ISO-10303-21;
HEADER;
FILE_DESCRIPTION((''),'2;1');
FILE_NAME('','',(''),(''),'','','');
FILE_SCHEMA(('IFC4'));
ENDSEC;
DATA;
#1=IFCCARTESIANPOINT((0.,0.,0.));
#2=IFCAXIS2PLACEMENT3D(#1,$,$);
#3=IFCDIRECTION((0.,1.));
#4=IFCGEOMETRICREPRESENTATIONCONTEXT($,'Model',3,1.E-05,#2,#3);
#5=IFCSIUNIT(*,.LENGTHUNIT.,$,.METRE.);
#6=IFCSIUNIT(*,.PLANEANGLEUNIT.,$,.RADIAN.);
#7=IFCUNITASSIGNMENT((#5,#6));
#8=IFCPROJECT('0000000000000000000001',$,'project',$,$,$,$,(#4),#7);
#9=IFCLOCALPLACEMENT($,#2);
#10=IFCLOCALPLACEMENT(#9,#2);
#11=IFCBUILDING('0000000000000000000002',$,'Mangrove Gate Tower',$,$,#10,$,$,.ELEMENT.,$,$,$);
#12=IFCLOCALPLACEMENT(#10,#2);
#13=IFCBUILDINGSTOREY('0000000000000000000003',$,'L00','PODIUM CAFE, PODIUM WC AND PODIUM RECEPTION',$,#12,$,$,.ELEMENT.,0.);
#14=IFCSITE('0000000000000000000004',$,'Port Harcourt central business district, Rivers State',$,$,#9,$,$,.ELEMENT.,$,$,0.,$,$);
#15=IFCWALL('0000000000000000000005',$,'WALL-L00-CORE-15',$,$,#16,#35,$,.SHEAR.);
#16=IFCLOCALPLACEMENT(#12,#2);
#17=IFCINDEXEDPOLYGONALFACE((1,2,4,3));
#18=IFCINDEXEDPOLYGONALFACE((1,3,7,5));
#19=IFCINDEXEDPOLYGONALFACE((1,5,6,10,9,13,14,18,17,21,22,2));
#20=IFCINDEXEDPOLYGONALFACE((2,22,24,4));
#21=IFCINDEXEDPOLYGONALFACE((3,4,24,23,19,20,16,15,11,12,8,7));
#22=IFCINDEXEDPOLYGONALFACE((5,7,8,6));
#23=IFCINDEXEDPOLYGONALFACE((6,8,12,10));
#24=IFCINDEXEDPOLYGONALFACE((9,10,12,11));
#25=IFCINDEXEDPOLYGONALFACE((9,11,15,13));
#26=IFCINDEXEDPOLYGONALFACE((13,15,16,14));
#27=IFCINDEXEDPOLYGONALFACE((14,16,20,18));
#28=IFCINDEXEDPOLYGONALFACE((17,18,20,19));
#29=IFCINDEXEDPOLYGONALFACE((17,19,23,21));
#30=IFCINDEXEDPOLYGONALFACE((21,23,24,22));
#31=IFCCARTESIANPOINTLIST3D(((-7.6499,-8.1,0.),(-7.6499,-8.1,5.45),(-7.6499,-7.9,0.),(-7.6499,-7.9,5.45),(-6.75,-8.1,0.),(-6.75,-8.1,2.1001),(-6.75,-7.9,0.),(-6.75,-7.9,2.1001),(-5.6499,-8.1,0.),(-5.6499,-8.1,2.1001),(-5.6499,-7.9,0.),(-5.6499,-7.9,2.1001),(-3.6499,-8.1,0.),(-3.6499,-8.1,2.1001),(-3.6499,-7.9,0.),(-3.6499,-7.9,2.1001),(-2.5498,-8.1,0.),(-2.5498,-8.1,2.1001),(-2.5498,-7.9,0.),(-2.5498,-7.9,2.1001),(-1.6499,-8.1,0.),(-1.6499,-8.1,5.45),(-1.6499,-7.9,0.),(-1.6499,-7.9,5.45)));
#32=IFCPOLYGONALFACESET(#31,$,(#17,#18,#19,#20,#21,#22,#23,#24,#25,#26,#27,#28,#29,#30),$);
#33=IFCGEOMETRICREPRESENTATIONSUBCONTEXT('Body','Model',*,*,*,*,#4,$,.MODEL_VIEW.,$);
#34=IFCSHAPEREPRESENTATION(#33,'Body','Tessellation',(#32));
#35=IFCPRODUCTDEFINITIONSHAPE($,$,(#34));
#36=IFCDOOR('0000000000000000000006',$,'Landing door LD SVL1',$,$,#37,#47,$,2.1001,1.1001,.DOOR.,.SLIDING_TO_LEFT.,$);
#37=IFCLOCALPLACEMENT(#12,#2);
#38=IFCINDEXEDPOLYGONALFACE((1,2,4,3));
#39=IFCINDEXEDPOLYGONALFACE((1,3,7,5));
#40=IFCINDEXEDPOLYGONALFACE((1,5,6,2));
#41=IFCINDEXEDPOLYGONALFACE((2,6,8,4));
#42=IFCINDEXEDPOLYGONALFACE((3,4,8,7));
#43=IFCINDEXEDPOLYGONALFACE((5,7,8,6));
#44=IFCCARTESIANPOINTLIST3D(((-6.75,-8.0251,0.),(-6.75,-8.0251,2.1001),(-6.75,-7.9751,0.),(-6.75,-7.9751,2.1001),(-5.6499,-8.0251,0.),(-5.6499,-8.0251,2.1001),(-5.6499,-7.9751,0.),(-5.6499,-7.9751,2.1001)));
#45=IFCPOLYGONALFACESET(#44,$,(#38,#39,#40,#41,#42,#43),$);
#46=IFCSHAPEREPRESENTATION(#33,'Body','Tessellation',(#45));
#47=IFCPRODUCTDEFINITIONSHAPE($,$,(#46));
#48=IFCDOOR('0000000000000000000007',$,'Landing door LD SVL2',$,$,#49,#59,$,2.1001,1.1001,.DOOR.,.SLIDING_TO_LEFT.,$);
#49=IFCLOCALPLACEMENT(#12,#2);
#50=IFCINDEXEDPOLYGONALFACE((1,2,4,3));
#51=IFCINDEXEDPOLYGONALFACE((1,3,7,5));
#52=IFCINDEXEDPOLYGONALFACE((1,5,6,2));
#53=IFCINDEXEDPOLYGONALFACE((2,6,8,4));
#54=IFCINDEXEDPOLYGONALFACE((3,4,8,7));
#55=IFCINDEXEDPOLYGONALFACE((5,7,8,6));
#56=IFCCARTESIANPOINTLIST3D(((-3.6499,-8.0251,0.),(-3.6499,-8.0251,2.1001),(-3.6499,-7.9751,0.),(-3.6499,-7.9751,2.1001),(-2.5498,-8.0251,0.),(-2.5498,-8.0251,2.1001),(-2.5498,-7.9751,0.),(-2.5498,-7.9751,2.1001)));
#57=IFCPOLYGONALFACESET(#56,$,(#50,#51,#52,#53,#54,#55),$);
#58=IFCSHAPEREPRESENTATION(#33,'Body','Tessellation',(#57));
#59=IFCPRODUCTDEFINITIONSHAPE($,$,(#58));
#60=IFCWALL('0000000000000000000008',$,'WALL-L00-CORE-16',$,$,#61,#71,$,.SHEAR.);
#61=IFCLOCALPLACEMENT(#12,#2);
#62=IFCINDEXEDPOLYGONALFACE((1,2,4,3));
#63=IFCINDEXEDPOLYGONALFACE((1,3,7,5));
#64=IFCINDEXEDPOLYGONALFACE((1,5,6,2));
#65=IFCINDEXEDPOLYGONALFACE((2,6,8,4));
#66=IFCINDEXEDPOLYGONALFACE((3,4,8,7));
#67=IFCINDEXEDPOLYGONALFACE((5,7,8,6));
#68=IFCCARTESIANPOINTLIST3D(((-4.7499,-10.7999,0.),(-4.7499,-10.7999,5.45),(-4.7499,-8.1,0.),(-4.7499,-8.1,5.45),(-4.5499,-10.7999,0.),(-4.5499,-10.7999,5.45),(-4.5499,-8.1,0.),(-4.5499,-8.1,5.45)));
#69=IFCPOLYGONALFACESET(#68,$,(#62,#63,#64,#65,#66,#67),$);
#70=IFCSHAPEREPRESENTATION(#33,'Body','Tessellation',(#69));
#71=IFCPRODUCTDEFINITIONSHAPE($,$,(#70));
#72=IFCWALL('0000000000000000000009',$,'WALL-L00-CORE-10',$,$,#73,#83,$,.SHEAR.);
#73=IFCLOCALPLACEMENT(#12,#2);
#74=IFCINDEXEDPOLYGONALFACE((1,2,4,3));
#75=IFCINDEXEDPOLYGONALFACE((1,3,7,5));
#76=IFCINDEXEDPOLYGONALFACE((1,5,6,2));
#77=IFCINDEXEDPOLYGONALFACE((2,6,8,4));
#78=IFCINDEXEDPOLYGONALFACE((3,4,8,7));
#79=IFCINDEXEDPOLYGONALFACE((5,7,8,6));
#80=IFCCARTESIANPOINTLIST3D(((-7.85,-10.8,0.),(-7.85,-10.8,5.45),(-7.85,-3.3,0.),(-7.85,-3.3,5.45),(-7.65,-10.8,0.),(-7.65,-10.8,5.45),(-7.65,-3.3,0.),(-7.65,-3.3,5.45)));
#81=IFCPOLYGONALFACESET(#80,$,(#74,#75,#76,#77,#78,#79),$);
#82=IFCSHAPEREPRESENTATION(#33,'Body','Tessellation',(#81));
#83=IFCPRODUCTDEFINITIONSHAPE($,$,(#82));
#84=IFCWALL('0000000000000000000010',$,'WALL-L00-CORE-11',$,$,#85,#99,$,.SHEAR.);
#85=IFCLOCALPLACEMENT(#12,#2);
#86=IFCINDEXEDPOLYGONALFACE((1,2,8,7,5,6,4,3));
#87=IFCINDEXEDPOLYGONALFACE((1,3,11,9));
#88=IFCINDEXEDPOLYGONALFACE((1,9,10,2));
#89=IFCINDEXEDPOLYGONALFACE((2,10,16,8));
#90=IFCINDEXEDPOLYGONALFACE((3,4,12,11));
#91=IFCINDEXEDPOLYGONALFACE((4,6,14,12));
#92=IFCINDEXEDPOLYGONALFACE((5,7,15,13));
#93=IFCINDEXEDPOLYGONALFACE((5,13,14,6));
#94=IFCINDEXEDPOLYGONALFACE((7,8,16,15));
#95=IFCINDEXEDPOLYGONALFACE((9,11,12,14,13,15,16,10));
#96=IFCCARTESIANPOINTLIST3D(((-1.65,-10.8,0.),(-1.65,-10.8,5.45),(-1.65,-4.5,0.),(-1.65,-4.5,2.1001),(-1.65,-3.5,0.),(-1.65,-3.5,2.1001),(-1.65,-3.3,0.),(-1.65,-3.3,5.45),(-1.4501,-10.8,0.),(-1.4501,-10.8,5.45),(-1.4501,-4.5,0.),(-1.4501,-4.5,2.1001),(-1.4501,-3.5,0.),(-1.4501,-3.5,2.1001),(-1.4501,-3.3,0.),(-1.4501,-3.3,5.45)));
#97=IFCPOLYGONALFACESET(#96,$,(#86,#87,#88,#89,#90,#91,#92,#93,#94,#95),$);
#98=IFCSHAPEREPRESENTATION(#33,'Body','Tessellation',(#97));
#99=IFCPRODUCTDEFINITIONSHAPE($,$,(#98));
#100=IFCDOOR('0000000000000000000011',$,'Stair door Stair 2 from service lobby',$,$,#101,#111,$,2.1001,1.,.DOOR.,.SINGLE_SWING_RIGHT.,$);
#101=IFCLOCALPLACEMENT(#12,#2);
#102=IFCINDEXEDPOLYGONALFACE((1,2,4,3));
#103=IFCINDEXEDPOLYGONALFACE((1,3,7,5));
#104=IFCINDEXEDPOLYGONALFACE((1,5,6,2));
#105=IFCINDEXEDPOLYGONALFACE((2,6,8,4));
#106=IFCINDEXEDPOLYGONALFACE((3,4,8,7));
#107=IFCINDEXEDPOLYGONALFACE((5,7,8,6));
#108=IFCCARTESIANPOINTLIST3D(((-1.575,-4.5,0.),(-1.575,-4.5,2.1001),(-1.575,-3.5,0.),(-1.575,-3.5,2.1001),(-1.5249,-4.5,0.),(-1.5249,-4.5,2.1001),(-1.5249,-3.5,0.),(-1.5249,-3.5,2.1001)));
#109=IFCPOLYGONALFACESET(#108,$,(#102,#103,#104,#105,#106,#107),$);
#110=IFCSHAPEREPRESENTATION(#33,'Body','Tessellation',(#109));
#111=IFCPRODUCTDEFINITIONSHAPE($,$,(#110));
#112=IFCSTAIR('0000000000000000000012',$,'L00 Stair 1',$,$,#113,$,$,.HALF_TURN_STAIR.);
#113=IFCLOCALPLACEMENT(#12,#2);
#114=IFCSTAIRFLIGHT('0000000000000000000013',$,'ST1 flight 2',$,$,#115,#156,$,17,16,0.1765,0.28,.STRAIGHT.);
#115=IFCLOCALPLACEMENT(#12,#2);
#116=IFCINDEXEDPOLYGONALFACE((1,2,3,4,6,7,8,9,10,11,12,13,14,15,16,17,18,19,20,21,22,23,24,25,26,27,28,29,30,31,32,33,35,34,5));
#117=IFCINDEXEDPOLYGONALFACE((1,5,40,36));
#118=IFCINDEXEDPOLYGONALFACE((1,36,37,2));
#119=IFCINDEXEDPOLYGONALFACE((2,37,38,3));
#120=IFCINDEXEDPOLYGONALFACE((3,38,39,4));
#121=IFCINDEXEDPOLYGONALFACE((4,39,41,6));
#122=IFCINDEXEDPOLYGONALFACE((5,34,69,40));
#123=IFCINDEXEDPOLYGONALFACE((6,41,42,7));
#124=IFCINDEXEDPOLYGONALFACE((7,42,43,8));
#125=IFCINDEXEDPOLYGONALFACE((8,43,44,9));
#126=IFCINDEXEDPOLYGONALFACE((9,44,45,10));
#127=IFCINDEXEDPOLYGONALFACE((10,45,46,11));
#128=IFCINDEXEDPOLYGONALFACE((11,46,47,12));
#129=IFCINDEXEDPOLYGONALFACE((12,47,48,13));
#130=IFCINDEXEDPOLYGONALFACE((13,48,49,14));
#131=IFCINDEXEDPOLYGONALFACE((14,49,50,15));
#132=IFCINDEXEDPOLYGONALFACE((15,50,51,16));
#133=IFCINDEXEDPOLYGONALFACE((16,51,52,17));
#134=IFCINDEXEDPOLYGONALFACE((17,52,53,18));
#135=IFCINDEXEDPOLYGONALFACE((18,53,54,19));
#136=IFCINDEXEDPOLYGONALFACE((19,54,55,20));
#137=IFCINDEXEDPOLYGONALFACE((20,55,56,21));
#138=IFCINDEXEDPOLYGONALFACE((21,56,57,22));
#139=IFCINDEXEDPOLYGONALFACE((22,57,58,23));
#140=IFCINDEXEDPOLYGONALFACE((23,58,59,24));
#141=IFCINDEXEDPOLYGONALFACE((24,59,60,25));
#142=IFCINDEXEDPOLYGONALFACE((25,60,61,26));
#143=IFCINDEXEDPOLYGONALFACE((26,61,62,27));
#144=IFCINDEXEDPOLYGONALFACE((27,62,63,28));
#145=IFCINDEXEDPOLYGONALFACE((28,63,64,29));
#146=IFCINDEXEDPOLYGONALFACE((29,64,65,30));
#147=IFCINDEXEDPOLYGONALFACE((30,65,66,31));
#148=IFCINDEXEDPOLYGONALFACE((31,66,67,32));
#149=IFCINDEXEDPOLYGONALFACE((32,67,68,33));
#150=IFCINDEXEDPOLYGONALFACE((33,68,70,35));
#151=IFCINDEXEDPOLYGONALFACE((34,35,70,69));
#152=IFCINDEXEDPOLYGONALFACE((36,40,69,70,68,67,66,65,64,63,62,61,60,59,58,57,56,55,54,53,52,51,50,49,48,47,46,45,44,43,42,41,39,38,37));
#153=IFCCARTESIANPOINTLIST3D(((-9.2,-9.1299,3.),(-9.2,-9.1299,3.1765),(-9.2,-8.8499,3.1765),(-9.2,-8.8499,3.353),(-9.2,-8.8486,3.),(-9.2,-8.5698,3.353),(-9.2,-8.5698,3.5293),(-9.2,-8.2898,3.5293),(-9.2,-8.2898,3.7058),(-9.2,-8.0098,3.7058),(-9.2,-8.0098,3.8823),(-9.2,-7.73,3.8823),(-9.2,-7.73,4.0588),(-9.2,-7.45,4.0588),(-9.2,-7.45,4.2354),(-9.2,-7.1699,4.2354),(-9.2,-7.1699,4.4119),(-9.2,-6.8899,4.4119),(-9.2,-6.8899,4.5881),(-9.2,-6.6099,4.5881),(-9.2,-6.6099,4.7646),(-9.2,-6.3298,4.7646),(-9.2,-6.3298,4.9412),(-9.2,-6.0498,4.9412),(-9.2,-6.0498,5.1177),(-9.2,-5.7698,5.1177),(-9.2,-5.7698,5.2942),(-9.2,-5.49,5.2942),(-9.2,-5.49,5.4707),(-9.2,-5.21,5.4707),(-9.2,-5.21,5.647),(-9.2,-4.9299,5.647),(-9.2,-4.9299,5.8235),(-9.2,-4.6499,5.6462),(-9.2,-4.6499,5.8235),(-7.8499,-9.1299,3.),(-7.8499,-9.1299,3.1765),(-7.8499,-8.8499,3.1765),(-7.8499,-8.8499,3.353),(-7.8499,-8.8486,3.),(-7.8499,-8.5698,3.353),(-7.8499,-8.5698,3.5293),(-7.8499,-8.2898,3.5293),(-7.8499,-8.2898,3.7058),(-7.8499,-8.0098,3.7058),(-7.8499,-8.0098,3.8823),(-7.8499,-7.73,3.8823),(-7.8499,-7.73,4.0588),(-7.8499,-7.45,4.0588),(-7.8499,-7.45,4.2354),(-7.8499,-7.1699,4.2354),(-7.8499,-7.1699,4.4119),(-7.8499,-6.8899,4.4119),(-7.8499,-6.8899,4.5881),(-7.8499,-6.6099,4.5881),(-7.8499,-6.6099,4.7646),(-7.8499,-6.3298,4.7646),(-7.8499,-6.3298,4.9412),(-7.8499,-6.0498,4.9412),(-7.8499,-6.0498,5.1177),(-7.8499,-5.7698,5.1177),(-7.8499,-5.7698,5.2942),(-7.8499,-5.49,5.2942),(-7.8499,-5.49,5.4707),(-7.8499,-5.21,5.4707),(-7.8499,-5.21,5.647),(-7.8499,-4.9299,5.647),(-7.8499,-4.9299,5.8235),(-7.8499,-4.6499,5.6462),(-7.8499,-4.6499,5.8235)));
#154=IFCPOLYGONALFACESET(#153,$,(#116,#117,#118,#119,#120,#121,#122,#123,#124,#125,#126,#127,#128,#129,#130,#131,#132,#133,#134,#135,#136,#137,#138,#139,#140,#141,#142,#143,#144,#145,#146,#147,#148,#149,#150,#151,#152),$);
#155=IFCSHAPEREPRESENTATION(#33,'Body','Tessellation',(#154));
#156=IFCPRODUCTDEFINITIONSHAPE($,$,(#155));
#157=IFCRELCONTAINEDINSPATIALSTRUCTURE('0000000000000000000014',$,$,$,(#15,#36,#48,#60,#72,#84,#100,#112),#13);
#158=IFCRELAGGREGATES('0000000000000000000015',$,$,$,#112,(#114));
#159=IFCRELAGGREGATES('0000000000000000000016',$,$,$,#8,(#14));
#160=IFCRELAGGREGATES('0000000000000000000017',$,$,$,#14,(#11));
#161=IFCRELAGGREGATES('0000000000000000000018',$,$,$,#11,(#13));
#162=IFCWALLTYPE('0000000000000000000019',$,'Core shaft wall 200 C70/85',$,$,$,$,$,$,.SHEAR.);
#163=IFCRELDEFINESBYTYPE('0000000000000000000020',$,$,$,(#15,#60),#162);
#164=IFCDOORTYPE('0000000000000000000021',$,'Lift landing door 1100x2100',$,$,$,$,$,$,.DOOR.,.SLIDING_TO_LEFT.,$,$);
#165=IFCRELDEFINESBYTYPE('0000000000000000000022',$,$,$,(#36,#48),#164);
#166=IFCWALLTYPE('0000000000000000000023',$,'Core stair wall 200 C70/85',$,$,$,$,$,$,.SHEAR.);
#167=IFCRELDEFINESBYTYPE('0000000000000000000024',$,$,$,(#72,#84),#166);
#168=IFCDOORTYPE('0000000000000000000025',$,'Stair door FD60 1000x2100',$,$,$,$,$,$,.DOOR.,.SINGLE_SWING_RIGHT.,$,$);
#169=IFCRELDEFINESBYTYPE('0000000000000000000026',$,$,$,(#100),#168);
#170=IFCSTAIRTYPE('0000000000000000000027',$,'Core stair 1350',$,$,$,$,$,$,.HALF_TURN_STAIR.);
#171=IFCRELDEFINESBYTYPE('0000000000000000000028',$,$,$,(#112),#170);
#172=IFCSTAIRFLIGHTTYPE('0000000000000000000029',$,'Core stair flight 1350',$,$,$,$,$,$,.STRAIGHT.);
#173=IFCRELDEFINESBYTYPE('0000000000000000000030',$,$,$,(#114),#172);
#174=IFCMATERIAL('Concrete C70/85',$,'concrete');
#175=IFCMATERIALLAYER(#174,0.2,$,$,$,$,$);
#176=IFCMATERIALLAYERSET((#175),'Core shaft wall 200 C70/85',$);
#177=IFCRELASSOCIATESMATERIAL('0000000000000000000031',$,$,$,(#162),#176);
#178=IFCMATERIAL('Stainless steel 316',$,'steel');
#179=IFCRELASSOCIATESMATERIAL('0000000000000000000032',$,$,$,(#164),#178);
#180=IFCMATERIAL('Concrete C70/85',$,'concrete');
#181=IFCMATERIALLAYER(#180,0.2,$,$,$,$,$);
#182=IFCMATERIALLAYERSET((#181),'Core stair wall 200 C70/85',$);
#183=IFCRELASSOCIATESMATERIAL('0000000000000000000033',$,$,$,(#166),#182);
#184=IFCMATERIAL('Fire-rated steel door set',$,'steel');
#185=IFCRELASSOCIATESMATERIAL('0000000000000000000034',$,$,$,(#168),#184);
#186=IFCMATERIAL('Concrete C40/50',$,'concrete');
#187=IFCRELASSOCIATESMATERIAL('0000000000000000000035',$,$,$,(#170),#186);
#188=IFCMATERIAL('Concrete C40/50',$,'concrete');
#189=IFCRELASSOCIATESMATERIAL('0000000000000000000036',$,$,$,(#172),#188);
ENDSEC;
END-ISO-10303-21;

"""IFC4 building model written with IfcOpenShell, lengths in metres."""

from ifc_helpers import new_model, si_unit, direction, frame, frame_2d, origin, place, context, subcontext, project, spatial, polyline, rectangle, outline, extrude, material, layer, layer_set, type_object, element, fill, aggregate, save


model = new_model("IFC4")

# Units and contexts
model_context = context("Model", 3, precision=1e-05, world=origin(), true_north=direction((0.0, 1.0)))
body_context = subcontext(model_context, "Body", "Model", "MODEL_VIEW")
ifc_project = project(units=[si_unit("LENGTHUNIT", "METRE"), si_unit("PLANEANGLEUNIT", "RADIAN")], contexts=[model_context])

# Site, building, storey
site_placement = place(None, origin())
site = spatial("IfcSite", under=ifc_project, at=site_placement, Name="Port Harcourt central business district, Rivers State", CompositionType="ELEMENT", RefElevation=0.0)
building_placement = place(site_placement, origin())
building = spatial("IfcBuilding", under=site, at=building_placement, Name="Mangrove Gate Tower", CompositionType="ELEMENT")
storey_placement = place(building_placement, origin())
storey = spatial("IfcBuildingStorey", under=building, at=storey_placement, Name="L00", Description="PODIUM CAFE, PODIUM WC AND PODIUM RECEPTION", CompositionType="ELEMENT", Elevation=0.0)

# Wall, openings, doors
ifc_material_1 = material(Name="Concrete C70/85", Category="concrete")
ifc_layer_1 = layer(ifc_material_1, 0.2)
ifc_layer_set_1 = layer_set([ifc_layer_1], Name="Core shaft wall 200 C70/85")
wall_type_1 = type_object("IfcWallType", Name="Core shaft wall 200 C70/85", PredefinedType="SHEAR", material=ifc_layer_set_1)
wall_1_placement = place(storey_placement, frame((-7.6499, -8.0, 0.0), z_axis=(0.0, 0.0, 1.0), x_axis=(1.0, 0.0, 0.0)))
wall_1 = element("IfcWall", 1, at=wall_1_placement, inside=storey, type_object=wall_type_1, Name="WALL-L00-CORE-15", PredefinedType="SHEAR", context=body_context, shape_type="SweptSolid", body=[
    extrude(rectangle(XDim=6.0, YDim=0.2, at=frame_2d((3.0, 0.0))), origin(), (0.0, 0.0, 1.0), 5.45),
])
opening_1_placement = place(wall_1_placement, frame((0.8999, 0.0, 0.0)))
opening_1 = element("IfcOpeningElement", 2, at=opening_1_placement, cuts=wall_1, PredefinedType="OPENING", context=body_context, shape_type="SweptSolid", body=[
    extrude(rectangle(XDim=1.1001, YDim=2.1001, at=frame_2d((0.55, 1.05))), frame((0.0, 0.1099, 0.0), z_axis=(0.0, -1.0, 0.0), x_axis=(1.0, 0.0, 0.0)), (0.0, 0.0, 1.0), 0.22),
])
opening_2_placement = place(wall_1_placement, frame((4.0, 0.0, 0.0)))
opening_2 = element("IfcOpeningElement", 3, at=opening_2_placement, cuts=wall_1, PredefinedType="OPENING", context=body_context, shape_type="SweptSolid", body=[
    extrude(rectangle(XDim=1.1001, YDim=2.1001, at=frame_2d((0.55, 1.05))), frame((0.0, 0.1099, 0.0), z_axis=(0.0, -1.0, 0.0), x_axis=(1.0, 0.0, 0.0)), (0.0, 0.0, 1.0), 0.22),
])
ifc_material_2 = material(Name="Stainless steel 316", Category="steel")
door_type_1 = type_object("IfcDoorType", Name="Lift landing door 1100x2100", OperationType="SLIDING_TO_LEFT", PredefinedType="DOOR", material=ifc_material_2)
door_1_placement = place(opening_1_placement, origin())
door_1 = element("IfcDoor", 4, at=door_1_placement, inside=storey, type_object=door_type_1, Name="Landing door LD SVL1", OperationType="SLIDING_TO_LEFT", OverallHeight=2.1001, OverallWidth=1.1001, PredefinedType="DOOR", context=body_context, shape_type="SweptSolid", body=[
    extrude(rectangle(XDim=1.1001, YDim=2.1001, at=frame_2d((0.55, 1.05))), frame((0.0, 0.0249, 0.0), z_axis=(0.0, -1.0, 0.0), x_axis=(1.0, 0.0, 0.0)), (0.0, 0.0, 1.0), 0.05),
])
fill(opening_1, door_1)
door_2_placement = place(opening_2_placement, origin())
door_2 = element("IfcDoor", 5, at=door_2_placement, inside=storey, type_object=door_type_1, Name="Landing door LD SVL2", OperationType="SLIDING_TO_LEFT", OverallHeight=2.1001, OverallWidth=1.1001, PredefinedType="DOOR", context=body_context, shape_type="SweptSolid", body=[
    extrude(rectangle(XDim=1.1001, YDim=2.1001, at=frame_2d((0.55, 1.05))), frame((0.0, 0.0249, 0.0), z_axis=(0.0, -1.0, 0.0), x_axis=(1.0, 0.0, 0.0)), (0.0, 0.0, 1.0), 0.05),
])
fill(opening_2, door_2)

# Walls
wall_2_placement = place(storey_placement, frame((-4.6499, -10.8, 0.0), z_axis=(0.0, 0.0, 1.0), x_axis=(0.0, 1.0, 0.0)))
element("IfcWall", 6, at=wall_2_placement, inside=storey, type_object=wall_type_1, Name="WALL-L00-CORE-16", PredefinedType="SHEAR", context=body_context, shape_type="SweptSolid", body=[
    extrude(rectangle(XDim=2.7, YDim=0.2, at=frame_2d((1.3501, 0.0))), origin(), (0.0, 0.0, 1.0), 5.45),
])
ifc_material_3 = material(Name="Concrete C70/85", Category="concrete")
ifc_layer_2 = layer(ifc_material_3, 0.2)
ifc_layer_set_2 = layer_set([ifc_layer_2], Name="Core stair wall 200 C70/85")
wall_type_2 = type_object("IfcWallType", Name="Core stair wall 200 C70/85", PredefinedType="SHEAR", material=ifc_layer_set_2)
wall_3_placement = place(storey_placement, frame((-7.75, -10.8, 0.0), z_axis=(0.0, 0.0, 1.0), x_axis=(0.0, 1.0, 0.0)))
element("IfcWall", 7, at=wall_3_placement, inside=storey, type_object=wall_type_2, Name="WALL-L00-CORE-10", PredefinedType="SHEAR", context=body_context, shape_type="SweptSolid", body=[
    extrude(rectangle(XDim=7.5, YDim=0.2, at=frame_2d((3.75, 0.0))), origin(), (0.0, 0.0, 1.0), 5.45),
])

# Wall, opening, door
wall_4_placement = place(storey_placement, frame((-1.55, -10.8, 0.0), z_axis=(0.0, 0.0, 1.0), x_axis=(0.0, 1.0, 0.0)))
wall_4 = element("IfcWall", 8, at=wall_4_placement, inside=storey, type_object=wall_type_2, Name="WALL-L00-CORE-11", PredefinedType="SHEAR", context=body_context, shape_type="SweptSolid", body=[
    extrude(rectangle(XDim=7.5, YDim=0.2, at=frame_2d((3.75, 0.0))), origin(), (0.0, 0.0, 1.0), 5.45),
])
opening_3_placement = place(wall_4_placement, frame((6.3, 0.0, 0.0)))
opening_3 = element("IfcOpeningElement", 9, at=opening_3_placement, cuts=wall_4, PredefinedType="OPENING", context=body_context, shape_type="SweptSolid", body=[
    extrude(rectangle(XDim=1.0, YDim=2.1001, at=frame_2d((0.5, 1.05))), frame((0.0, 0.1099, 0.0), z_axis=(0.0, -1.0, 0.0), x_axis=(1.0, 0.0, 0.0)), (0.0, 0.0, 1.0), 0.22),
])
ifc_material_4 = material(Name="Fire-rated steel door set", Category="steel")
door_type_2 = type_object("IfcDoorType", Name="Stair door FD60 1000x2100", OperationType="SINGLE_SWING_RIGHT", PredefinedType="DOOR", material=ifc_material_4)
door_3_placement = place(opening_3_placement, origin())
door_3 = element("IfcDoor", 10, at=door_3_placement, inside=storey, type_object=door_type_2, Name="Stair door Stair 2 from service lobby", OperationType="SINGLE_SWING_RIGHT", OverallHeight=2.1001, OverallWidth=1.0, PredefinedType="DOOR", context=body_context, shape_type="SweptSolid", body=[
    extrude(rectangle(XDim=1.0, YDim=2.1001, at=frame_2d((0.5, 1.05))), frame((0.0, 0.0249, 0.0), z_axis=(0.0, -1.0, 0.0), x_axis=(1.0, 0.0, 0.0)), (0.0, 0.0, 1.0), 0.05),
])
fill(opening_3, door_3)

# Stair, stair flight
ifc_material_5 = material(Name="Concrete C40/50", Category="concrete")
stair_type = type_object("IfcStairType", Name="Core stair 1350", PredefinedType="HALF_TURN_STAIR", material=ifc_material_5)
stair_1_placement = place(storey_placement, origin())
stair_1 = element("IfcStair", 11, at=stair_1_placement, inside=storey, type_object=stair_type, Name="L00 Stair 1", PredefinedType="HALF_TURN_STAIR")
ifc_material_6 = material(Name="Concrete C40/50", Category="concrete")
stair_flight_type = type_object("IfcStairFlightType", Name="Core stair flight 1350", PredefinedType="STRAIGHT", material=ifc_material_6)
stair_flight_1_placement = place(storey_placement, frame((-8.5249, -9.1299, 3.0), z_axis=(0.0, 0.0, 1.0), x_axis=(0.0, 1.0, 0.0)))
stair_flight_1 = element("IfcStairFlight", 12, at=stair_flight_1_placement, type_object=stair_flight_type, Name="ST1 flight 2", NumberOfRisers=17, NumberOfTreads=16, PredefinedType="STRAIGHT", RiserHeight=0.1765, TreadLength=0.28, context=body_context, shape_type="SweptSolid", body=[
    extrude(outline(polyline([(0.0, 0.0), (0.0, 0.1765), (0.28, 0.1765), (0.28, 0.353), (0.5601, 0.353), (0.5601, 0.5293), (0.8401, 0.5293), (0.8401, 0.7058), (1.1201, 0.7058), (1.1201, 0.8823), (1.3999, 0.8823), (1.3999, 1.0588), (1.6799, 1.0588), (1.6799, 1.2354), (1.96, 1.2354), (1.96, 1.4119), (2.24, 1.4119), (2.24, 1.5881), (2.52, 1.5881), (2.52, 1.7646), (2.8, 1.7646), (2.8, 1.9412), (3.0801, 1.9412), (3.0801, 2.1177), (3.3601, 2.1177), (3.3601, 2.2942), (3.6399, 2.2942), (3.6399, 2.4707), (3.9199, 2.4707), (3.9199, 2.647), (4.2, 2.647), (4.2, 2.8235), (4.48, 2.8235), (4.48, 3.0), (4.48, 2.6462), (0.2812, 0.0), (0.0, 0.0)])), frame((0.0, 0.675, 0.0), z_axis=(0.0, -1.0, 0.0), x_axis=(1.0, 0.0, 0.0)), (0.0, 0.0, 1.0), 1.3501),
])
aggregate(stair_1, [stair_flight_1])

save(model, "model.ifc")
